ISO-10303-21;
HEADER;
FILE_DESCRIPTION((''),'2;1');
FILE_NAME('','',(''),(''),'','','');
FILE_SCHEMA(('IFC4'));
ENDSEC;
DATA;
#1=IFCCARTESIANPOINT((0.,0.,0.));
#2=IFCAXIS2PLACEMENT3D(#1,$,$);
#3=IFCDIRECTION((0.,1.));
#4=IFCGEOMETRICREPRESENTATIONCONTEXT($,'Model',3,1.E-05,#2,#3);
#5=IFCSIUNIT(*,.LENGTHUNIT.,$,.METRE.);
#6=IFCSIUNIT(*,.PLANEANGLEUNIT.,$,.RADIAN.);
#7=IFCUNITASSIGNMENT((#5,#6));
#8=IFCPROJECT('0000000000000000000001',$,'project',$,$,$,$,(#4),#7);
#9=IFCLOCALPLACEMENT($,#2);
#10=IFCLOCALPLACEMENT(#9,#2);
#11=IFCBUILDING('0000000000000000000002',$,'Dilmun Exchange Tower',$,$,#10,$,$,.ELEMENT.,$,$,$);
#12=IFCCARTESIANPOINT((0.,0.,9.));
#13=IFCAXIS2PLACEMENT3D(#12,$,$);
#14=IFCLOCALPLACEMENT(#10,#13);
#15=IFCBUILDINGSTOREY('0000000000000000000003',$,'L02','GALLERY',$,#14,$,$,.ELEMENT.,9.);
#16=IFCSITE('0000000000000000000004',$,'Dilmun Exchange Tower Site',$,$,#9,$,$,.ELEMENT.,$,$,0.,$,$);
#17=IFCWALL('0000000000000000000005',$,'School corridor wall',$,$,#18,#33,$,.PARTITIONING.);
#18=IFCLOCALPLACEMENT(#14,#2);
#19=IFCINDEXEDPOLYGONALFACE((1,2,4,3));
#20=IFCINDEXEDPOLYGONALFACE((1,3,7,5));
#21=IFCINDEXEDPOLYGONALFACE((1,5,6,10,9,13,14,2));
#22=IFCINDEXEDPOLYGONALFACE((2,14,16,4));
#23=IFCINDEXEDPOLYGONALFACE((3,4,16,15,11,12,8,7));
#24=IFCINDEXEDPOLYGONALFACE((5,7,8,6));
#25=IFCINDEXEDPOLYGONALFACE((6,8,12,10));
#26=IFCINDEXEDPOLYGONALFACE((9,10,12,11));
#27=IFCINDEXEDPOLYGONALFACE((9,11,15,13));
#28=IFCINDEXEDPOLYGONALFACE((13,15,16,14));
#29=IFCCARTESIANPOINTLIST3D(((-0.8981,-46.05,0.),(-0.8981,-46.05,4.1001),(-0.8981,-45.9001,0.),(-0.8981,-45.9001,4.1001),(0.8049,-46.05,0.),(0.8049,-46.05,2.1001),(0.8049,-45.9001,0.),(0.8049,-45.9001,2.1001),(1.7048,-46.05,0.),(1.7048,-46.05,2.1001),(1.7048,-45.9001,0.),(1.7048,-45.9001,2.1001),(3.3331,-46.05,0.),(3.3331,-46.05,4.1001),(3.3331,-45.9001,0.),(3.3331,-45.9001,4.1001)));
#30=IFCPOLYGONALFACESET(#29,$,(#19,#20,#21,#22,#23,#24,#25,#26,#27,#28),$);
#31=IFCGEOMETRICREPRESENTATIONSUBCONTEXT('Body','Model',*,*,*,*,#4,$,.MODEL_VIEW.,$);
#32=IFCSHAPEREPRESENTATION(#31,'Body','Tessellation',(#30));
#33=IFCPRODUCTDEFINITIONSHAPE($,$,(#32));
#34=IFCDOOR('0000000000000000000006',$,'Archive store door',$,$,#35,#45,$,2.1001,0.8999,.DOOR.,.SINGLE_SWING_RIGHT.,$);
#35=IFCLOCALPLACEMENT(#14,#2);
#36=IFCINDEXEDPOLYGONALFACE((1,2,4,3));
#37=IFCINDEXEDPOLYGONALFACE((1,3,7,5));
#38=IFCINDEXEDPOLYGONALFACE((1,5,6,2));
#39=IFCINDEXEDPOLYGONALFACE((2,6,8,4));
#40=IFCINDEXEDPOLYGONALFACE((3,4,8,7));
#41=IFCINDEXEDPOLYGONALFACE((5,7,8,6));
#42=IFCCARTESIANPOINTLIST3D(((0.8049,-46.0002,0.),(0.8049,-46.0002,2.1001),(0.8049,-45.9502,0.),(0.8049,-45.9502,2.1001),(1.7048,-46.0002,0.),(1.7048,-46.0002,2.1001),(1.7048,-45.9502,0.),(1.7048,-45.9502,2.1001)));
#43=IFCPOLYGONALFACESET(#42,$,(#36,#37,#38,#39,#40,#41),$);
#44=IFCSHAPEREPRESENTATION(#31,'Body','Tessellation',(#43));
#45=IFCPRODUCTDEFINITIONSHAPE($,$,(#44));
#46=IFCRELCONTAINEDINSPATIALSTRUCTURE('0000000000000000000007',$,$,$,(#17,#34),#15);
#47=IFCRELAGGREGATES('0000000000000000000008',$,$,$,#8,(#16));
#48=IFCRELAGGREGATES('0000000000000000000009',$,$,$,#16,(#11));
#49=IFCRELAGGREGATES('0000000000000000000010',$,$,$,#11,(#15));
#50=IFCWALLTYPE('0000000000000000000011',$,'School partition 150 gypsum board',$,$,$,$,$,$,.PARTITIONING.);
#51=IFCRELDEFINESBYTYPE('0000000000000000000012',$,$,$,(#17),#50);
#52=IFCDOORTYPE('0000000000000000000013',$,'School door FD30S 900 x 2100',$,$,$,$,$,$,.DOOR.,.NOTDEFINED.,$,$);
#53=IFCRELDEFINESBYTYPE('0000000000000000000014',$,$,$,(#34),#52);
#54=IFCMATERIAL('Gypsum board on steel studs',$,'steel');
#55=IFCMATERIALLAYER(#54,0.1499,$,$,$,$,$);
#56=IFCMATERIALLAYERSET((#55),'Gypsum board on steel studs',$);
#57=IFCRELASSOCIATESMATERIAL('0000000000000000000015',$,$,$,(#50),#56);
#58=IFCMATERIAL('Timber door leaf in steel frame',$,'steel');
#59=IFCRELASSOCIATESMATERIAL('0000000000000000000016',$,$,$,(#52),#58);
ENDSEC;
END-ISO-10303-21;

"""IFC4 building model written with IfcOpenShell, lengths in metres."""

from ifc_helpers import new_model, si_unit, direction, frame, frame_2d, origin, place, context, subcontext, project, spatial, rectangle, extrude, material, layer, layer_set, type_object, element, fill, save


model = new_model("IFC4")

# Units and contexts
model_context = context("Model", 3, precision=1e-05, world=origin(), true_north=direction((0.0, 1.0)))
body_context = subcontext(model_context, "Body", "Model", "MODEL_VIEW")
ifc_project = project(units=[si_unit("LENGTHUNIT", "METRE"), si_unit("PLANEANGLEUNIT", "RADIAN")], contexts=[model_context])

# Site, building, storey
site_placement = place(None, origin())
site = spatial("IfcSite", under=ifc_project, at=site_placement, Name="Dilmun Exchange Tower Site", CompositionType="ELEMENT", RefElevation=0.0)
building_placement = place(site_placement, origin())
building = spatial("IfcBuilding", under=site, at=building_placement, Name="Dilmun Exchange Tower", CompositionType="ELEMENT")
storey_placement = place(building_placement, frame((0.0, 0.0, 9.0)))
storey = spatial("IfcBuildingStorey", under=building, at=storey_placement, Name="L02", Description="GALLERY", CompositionType="ELEMENT", Elevation=9.0)

# Shared definitions
ifc_material_1 = material(Name="Gypsum board on steel studs", Category="steel")
ifc_layer_1 = layer(ifc_material_1, 0.1499)
ifc_layer_set_1 = layer_set([ifc_layer_1], Name="Gypsum board on steel studs")
wall_type_1 = type_object("IfcWallType", Name="School partition 150 gypsum board", PredefinedType="PARTITIONING", material=ifc_layer_set_1)

# Wall, opening, door
ifc_material_2 = material(Name="Timber door leaf in steel frame", Category="steel")
door_type = type_object("IfcDoorType", Name="School door FD30S 900 x 2100", OperationType="NOTDEFINED", PredefinedType="DOOR", material=ifc_material_2)
wall_1_placement = place(storey_placement, frame((-0.8982, -45.9751, 0.0), z_axis=(0.0, 0.0, 1.0), x_axis=(1.0, 0.0, 0.0)))
wall_1 = element("IfcWall", 1, at=wall_1_placement, inside=storey, type_object=wall_type_1, Name="School corridor wall", PredefinedType="PARTITIONING", context=body_context, shape_type="SweptSolid", body=[
    extrude(rectangle(XDim=4.2312, YDim=0.1499, at=frame_2d((2.1157, 0.0))), origin(), (0.0, 0.0, 1.0), 4.1001),
])
opening_1_placement = place(wall_1_placement, frame((1.7031, 0.0, 0.0)))
opening_1 = element("IfcOpeningElement", 2, at=opening_1_placement, cuts=wall_1, PredefinedType="OPENING", context=body_context, shape_type="SweptSolid", body=[
    extrude(rectangle(XDim=0.8999, YDim=2.1001, at=frame_2d((0.45, 1.05))), frame((0.0, 0.085, 0.0), z_axis=(0.0, -1.0, 0.0), x_axis=(1.0, 0.0, 0.0)), (0.0, 0.0, 1.0), 0.1699),
])
door_1_placement = place(opening_1_placement, origin())
door_1 = element("IfcDoor", 3, at=door_1_placement, inside=storey, type_object=door_type, Name="Archive store door", OperationType="SINGLE_SWING_RIGHT", OverallHeight=2.1001, OverallWidth=0.8999, PredefinedType="DOOR", context=body_context, shape_type="SweptSolid", body=[
    extrude(rectangle(XDim=0.8999, YDim=2.1001, at=frame_2d((0.45, 1.05))), frame((0.0, 0.0249, 0.0), z_axis=(0.0, -1.0, 0.0), x_axis=(1.0, 0.0, 0.0)), (0.0, 0.0, 1.0), 0.05),
])
fill(opening_1, door_1)

save(model, "model.ifc")
